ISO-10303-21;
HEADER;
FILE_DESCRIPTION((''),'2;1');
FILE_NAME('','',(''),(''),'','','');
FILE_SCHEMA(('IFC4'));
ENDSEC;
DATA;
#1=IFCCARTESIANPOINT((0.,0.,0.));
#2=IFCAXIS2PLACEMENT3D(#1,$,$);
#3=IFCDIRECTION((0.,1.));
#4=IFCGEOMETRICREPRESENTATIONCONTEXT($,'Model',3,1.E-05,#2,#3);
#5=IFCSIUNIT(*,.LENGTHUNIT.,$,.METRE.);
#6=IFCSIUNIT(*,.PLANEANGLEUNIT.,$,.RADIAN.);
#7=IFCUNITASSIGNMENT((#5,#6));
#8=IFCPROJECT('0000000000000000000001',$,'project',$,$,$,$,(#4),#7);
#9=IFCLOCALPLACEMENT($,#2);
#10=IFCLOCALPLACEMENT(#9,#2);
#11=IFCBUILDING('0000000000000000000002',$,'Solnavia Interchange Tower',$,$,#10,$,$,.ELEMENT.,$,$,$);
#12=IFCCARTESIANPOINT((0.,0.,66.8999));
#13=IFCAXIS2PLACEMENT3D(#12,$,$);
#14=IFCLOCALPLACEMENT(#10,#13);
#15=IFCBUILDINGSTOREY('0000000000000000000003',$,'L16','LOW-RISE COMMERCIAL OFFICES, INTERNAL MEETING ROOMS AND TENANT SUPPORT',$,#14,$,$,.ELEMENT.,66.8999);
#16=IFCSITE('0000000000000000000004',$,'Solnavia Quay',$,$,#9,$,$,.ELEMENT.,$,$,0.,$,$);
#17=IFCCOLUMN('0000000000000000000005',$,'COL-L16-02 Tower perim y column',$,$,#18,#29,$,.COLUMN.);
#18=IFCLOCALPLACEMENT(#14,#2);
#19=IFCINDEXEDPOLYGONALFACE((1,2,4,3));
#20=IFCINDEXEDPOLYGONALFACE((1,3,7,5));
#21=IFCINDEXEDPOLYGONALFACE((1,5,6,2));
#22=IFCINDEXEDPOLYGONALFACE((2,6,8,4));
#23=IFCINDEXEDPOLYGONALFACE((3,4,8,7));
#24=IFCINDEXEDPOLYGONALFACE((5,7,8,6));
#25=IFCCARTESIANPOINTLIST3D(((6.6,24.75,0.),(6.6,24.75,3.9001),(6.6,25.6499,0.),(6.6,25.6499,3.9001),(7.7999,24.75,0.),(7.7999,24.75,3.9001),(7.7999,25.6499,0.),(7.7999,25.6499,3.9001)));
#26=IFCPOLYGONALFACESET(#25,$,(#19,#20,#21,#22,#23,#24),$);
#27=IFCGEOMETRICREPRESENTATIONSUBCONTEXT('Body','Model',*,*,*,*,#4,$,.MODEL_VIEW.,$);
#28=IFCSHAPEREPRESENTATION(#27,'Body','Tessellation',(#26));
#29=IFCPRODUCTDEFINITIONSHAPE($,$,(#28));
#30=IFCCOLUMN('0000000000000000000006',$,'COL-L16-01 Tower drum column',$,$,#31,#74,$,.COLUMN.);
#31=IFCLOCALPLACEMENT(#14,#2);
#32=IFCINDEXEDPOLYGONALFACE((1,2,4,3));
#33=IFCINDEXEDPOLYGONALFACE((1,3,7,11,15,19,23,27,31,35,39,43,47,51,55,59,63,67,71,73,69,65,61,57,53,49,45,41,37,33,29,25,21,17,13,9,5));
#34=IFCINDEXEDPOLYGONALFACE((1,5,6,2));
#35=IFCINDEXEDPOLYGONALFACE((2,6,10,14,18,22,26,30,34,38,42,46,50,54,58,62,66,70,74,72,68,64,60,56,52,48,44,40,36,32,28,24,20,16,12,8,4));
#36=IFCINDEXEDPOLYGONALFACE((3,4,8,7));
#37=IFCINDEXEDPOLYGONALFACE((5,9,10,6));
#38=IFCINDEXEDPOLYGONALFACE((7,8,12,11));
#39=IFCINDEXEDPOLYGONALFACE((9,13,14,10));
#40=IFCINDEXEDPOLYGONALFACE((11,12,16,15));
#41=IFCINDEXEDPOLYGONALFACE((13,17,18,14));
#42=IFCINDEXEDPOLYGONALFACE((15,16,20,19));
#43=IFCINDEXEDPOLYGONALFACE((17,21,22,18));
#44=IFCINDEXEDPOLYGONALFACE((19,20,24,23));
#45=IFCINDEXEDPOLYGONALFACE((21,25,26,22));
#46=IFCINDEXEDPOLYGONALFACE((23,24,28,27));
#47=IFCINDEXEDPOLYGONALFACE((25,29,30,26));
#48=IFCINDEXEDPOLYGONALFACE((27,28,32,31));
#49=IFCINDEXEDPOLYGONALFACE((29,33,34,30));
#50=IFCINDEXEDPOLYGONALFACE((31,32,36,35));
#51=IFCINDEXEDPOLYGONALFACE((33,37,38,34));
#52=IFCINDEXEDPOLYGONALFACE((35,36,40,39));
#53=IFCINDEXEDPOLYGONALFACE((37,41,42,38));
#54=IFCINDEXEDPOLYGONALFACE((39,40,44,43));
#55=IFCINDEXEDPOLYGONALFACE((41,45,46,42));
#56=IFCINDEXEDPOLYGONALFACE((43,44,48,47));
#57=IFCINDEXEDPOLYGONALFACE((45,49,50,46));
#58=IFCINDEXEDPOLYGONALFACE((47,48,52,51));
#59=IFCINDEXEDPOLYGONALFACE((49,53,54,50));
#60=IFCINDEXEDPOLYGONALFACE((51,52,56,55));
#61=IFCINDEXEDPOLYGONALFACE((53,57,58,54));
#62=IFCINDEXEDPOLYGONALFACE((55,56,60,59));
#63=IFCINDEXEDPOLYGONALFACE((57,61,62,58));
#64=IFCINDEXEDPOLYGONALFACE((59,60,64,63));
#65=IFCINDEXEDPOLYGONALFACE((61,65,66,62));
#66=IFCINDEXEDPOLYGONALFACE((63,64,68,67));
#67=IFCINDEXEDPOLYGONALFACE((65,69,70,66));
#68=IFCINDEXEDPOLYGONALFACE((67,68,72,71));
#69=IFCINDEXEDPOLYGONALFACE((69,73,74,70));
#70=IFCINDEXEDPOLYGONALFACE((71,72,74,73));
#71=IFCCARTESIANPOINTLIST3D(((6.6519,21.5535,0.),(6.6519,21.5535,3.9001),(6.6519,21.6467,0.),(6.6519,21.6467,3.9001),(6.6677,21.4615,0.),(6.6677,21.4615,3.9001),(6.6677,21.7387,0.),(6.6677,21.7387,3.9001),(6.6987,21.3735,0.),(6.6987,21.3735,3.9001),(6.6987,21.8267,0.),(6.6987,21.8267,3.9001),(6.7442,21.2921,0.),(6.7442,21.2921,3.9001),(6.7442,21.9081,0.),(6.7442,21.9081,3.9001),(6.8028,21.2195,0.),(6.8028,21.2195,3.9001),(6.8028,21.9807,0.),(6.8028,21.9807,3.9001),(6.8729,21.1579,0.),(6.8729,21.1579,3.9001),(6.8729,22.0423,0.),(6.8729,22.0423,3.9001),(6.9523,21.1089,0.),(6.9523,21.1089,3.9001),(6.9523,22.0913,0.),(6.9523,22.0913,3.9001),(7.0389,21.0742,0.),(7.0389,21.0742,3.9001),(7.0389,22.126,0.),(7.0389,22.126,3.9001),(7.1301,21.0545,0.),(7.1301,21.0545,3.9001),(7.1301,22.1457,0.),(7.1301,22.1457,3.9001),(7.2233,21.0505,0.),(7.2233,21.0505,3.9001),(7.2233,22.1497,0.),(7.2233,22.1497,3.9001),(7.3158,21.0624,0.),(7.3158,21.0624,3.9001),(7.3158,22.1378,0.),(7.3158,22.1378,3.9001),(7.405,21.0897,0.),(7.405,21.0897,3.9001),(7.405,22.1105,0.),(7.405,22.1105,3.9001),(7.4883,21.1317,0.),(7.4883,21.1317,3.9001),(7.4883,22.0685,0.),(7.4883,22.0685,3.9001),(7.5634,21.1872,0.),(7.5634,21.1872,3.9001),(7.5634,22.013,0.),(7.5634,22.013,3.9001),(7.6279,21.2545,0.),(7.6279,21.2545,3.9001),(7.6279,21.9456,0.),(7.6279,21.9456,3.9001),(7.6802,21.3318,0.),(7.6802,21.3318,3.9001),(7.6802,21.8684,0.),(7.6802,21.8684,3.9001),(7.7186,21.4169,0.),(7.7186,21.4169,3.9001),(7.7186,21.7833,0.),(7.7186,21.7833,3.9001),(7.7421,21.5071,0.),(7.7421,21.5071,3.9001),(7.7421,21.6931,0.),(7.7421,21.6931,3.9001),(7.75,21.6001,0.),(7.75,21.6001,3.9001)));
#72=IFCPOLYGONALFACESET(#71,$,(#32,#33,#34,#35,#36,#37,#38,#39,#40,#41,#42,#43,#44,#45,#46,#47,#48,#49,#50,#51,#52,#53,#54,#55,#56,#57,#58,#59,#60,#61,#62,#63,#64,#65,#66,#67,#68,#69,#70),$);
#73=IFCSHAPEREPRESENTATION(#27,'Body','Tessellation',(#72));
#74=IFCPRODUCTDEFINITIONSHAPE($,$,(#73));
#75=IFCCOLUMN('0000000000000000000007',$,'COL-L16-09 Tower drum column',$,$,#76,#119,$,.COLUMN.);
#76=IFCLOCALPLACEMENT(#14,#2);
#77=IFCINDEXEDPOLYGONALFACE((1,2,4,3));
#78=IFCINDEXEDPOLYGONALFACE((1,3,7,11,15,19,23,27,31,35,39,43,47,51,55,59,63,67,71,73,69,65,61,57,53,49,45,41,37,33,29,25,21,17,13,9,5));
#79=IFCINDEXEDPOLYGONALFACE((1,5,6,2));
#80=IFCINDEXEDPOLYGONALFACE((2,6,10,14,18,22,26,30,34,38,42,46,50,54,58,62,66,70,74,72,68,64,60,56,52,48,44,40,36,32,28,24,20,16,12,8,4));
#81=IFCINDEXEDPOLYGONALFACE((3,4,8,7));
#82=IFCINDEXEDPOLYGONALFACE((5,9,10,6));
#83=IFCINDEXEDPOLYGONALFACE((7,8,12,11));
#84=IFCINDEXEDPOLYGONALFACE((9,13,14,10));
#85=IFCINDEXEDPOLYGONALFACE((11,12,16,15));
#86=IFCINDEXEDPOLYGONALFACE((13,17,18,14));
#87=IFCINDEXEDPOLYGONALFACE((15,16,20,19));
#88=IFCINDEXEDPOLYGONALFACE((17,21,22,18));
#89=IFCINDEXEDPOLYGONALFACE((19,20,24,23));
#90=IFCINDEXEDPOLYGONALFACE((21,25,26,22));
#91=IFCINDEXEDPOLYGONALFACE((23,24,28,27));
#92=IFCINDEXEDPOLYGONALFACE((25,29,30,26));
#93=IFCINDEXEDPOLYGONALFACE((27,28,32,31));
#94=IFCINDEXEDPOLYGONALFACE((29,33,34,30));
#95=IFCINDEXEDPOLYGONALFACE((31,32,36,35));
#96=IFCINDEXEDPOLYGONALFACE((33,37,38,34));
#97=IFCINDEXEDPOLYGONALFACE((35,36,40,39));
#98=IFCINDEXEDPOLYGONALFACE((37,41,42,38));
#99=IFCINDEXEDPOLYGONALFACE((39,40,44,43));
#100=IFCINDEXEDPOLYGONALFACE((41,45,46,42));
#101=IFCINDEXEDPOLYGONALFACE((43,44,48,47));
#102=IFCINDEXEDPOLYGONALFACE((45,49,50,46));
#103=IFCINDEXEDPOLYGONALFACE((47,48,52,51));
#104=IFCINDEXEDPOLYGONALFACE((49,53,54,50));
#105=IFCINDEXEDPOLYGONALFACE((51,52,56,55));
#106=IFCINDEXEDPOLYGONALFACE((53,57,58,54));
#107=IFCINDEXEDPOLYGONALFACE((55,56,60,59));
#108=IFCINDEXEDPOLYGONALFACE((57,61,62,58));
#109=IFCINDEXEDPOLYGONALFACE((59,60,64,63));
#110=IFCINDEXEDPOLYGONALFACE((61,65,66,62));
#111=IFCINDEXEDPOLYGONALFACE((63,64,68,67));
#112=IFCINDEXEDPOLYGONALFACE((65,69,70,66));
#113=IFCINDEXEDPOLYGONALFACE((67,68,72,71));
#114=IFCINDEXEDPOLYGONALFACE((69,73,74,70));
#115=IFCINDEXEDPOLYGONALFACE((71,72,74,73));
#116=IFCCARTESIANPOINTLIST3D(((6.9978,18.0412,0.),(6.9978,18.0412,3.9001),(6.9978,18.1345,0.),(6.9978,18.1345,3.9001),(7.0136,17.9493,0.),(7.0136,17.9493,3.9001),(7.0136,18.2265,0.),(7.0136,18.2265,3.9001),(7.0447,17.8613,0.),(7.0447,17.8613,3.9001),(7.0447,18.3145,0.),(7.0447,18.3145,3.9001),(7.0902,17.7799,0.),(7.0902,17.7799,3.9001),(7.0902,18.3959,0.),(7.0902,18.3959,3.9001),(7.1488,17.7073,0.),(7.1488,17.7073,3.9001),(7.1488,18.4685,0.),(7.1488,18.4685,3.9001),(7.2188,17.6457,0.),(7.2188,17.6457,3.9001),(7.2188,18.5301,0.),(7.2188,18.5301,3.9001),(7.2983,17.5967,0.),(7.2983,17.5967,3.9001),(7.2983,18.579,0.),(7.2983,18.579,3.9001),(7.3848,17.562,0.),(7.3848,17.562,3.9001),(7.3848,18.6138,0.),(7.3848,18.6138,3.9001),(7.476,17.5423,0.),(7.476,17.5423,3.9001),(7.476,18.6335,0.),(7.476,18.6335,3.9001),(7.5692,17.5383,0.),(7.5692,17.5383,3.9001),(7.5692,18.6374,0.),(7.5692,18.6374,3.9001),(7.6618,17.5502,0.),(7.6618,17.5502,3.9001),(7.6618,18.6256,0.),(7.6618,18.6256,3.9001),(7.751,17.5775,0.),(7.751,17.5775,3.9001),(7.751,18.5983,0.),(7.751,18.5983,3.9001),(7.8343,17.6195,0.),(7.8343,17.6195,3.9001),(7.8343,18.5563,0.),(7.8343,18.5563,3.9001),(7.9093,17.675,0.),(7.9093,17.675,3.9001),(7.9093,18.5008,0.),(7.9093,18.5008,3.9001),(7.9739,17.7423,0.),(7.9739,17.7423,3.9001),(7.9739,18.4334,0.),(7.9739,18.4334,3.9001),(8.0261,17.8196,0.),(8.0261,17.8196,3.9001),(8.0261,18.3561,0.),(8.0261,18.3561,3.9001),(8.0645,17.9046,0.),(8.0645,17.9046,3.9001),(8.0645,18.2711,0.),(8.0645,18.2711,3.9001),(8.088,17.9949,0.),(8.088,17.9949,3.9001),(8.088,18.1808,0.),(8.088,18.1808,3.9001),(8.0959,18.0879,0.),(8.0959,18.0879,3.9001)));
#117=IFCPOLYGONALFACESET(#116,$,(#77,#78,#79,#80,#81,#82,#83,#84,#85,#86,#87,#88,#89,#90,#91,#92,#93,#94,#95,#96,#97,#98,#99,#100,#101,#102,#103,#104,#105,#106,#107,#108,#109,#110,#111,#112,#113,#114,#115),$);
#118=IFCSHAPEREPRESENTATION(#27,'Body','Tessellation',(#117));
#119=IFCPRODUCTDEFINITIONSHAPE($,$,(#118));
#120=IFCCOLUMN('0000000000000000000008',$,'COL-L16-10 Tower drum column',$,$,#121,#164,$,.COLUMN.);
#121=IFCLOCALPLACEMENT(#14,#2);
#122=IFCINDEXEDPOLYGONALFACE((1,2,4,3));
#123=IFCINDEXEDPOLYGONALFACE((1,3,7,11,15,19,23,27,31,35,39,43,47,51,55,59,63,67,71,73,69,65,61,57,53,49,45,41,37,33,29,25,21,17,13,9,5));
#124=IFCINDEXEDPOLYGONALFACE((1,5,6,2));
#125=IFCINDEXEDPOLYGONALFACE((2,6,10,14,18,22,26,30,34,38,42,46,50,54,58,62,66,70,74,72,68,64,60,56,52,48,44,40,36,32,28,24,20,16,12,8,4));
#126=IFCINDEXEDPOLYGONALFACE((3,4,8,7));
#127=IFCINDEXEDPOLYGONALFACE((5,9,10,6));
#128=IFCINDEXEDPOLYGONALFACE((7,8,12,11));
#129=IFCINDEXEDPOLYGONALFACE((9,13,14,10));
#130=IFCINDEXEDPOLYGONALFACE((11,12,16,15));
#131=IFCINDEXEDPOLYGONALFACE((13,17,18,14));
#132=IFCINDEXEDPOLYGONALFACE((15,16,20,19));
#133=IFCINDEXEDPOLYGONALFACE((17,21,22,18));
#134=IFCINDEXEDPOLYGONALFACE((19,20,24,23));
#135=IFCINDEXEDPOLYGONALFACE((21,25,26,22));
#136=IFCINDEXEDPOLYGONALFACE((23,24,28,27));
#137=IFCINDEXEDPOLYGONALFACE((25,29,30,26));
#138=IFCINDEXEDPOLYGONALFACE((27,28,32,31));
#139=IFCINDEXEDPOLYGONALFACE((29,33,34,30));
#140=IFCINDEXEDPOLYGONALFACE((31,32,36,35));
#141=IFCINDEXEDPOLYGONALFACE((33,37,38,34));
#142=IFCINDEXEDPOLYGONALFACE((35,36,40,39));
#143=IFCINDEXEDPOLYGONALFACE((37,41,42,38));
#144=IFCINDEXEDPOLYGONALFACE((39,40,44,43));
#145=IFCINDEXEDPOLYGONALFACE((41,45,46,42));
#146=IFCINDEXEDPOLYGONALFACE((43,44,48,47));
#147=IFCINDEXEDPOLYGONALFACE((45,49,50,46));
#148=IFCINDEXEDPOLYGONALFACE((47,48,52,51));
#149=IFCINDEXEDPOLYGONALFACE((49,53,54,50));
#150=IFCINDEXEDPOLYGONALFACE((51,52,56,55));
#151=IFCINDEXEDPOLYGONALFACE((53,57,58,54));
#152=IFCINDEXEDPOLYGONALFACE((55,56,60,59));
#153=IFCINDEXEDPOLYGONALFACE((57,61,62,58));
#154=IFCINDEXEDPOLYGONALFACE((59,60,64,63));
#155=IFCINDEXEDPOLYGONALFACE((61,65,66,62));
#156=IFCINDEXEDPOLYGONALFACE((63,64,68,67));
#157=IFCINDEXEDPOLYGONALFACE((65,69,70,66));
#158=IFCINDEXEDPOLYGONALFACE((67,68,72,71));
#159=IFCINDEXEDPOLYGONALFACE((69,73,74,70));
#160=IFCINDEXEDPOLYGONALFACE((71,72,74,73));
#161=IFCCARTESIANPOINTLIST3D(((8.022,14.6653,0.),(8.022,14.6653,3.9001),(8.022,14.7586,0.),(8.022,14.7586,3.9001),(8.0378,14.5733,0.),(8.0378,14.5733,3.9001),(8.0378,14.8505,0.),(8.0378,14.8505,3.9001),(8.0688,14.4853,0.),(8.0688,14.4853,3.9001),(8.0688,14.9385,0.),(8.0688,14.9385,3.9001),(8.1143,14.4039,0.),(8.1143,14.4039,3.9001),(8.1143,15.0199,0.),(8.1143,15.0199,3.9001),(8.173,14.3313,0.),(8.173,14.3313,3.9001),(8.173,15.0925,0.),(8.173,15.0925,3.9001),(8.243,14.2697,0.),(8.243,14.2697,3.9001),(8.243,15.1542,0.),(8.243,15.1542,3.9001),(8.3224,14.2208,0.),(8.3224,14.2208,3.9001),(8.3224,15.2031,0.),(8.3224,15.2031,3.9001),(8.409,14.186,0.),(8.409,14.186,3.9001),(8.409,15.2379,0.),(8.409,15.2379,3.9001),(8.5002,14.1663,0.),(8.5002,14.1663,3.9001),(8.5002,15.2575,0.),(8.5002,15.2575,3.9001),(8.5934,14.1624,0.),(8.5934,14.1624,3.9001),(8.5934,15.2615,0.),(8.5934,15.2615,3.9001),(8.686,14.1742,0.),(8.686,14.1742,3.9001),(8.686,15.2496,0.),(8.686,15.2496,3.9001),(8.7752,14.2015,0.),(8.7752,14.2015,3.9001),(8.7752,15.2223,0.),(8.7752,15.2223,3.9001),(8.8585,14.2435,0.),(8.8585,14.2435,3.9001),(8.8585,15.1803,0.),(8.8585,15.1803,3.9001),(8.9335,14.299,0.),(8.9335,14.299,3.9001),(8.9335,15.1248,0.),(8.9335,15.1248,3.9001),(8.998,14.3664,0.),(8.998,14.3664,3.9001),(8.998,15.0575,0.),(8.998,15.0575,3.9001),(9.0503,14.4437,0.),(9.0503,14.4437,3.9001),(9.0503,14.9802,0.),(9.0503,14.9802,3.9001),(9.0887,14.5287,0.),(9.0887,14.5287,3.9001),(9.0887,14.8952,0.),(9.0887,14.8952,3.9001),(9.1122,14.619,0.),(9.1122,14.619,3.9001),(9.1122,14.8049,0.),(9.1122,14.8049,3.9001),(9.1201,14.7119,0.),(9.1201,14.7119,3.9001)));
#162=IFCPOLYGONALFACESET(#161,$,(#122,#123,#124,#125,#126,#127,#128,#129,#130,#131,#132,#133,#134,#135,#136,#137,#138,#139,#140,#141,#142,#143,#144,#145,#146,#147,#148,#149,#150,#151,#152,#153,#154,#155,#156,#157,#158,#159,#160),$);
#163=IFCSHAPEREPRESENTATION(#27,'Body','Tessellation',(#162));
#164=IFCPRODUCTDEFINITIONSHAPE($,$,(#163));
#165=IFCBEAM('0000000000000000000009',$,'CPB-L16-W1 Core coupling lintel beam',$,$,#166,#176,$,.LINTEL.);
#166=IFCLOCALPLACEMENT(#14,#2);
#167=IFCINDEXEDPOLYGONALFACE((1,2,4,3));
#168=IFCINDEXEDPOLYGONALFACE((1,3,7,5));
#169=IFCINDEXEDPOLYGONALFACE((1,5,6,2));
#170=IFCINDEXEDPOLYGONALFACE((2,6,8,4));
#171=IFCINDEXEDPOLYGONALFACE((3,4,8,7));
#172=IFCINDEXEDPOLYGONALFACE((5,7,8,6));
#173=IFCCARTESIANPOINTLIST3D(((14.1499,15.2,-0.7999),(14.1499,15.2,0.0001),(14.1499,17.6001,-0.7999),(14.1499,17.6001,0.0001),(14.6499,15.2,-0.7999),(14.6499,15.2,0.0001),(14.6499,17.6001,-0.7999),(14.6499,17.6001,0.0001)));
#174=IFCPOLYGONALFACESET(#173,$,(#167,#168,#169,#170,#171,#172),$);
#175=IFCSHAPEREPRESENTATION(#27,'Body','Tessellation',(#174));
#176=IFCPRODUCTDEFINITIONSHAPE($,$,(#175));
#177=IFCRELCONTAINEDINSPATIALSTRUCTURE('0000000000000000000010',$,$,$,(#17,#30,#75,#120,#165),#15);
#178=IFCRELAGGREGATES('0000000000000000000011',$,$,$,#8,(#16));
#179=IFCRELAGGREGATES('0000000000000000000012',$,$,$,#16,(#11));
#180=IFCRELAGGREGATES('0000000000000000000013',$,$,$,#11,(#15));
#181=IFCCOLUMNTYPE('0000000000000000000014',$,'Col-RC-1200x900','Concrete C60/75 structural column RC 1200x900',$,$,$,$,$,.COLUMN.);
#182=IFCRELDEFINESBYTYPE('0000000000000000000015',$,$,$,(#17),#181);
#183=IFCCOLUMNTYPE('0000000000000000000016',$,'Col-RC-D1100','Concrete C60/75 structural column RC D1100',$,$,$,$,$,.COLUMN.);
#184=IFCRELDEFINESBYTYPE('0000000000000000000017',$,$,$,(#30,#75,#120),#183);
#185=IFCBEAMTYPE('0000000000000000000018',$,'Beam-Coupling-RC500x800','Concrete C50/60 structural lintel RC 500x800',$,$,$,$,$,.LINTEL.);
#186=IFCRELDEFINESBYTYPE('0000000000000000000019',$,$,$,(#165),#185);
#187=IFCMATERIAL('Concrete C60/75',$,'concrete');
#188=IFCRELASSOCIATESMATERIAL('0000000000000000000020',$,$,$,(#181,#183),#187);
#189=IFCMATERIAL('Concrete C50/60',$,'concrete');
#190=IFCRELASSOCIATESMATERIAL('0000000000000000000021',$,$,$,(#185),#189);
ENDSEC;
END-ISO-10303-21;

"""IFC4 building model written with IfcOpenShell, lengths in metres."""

from ifc_helpers import new_model, si_unit, direction, frame, origin, origin_2d, place, context, subcontext, project, spatial, rectangle, circle, extrude, material, material_profile, profile_set, type_object, element, save


model = new_model("IFC4")

# Units and contexts
model_context = context("Model", 3, precision=1e-05, world=origin(), true_north=direction((0.0, 1.0)))
body_context = subcontext(model_context, "Body", "Model", "MODEL_VIEW")
ifc_project = project(units=[si_unit("LENGTHUNIT", "METRE"), si_unit("PLANEANGLEUNIT", "RADIAN")], contexts=[model_context])

# Site, building, storey
site_placement = place(None, origin())
site = spatial("IfcSite", under=ifc_project, at=site_placement, Name="Solnavia Quay", CompositionType="ELEMENT", RefElevation=0.0)
building_placement = place(site_placement, origin())
building = spatial("IfcBuilding", under=site, at=building_placement, Name="Solnavia Interchange Tower", CompositionType="ELEMENT")
storey_placement = place(building_placement, frame((0.0, 0.0, 66.8999)))
storey = spatial("IfcBuildingStorey", under=building, at=storey_placement, Name="L16", Description="LOW-RISE COMMERCIAL OFFICES, INTERNAL MEETING ROOMS AND TENANT SUPPORT", CompositionType="ELEMENT", Elevation=66.8999)

# Columns
ifc_material_1 = material(Name="Concrete C60/75", Category="concrete")
ifc_material_profile_1 = material_profile(ifc_material_1, rectangle(XDim=0.8999, YDim=1.2, at=origin_2d()), Name="RC 1200x900")
ifc_profile_set_1 = profile_set([ifc_material_profile_1], Name="Concrete C60/75")
column_type_1 = type_object("IfcColumnType", Name="Col-RC-1200x900", Description="Concrete C60/75 structural column RC 1200x900", PredefinedType="COLUMN", material=ifc_profile_set_1)
column_placement = place(storey_placement, frame((7.2, 25.2, 0.0), z_axis=(0.0, 0.0, 1.0), x_axis=(0.0, 1.0, 0.0)))
element("IfcColumn", 1, at=column_placement, inside=storey, type_object=column_type_1, Name="COL-L16-02 Tower perim y column", PredefinedType="COLUMN", context=body_context, shape_type="SweptSolid", body=[
    extrude(rectangle(XDim=0.8999, YDim=1.2, at=origin_2d()), origin(), (0.0, 0.0, 1.0), 3.9001),
])
ifc_material_profile_2 = material_profile(ifc_material_1, circle(Radius=0.55, at=origin_2d()), Name="RC D1100")
ifc_profile_set_2 = profile_set([ifc_material_profile_2], Name="Concrete C60/75")
column_type_2 = type_object("IfcColumnType", Name="Col-RC-D1100", Description="Concrete C60/75 structural column RC D1100", PredefinedType="COLUMN", material=ifc_profile_set_2)
for number, where, z_axis, x_axis, name in (
    (2, (7.2, 21.6001, 0.0), (0.0, 0.0, 1.0), (1.0, 0.0, 0.0), "COL-L16-01 Tower drum column"),
    (3, (7.5459, 18.0879, 0.0), (0.0, 0.0, 1.0), (1.0, 0.0, 0.0), "COL-L16-09 Tower drum column"),
    (4, (8.5701, 14.7119, 0.0), (0.0, 0.0, 1.0), (1.0, 0.0, 0.0), "COL-L16-10 Tower drum column"),
):
    element("IfcColumn", number, at=place(storey_placement, frame(where, z_axis=z_axis, x_axis=x_axis)), inside=storey, type_object=column_type_2, Name=name, PredefinedType="COLUMN", context=body_context, shape_type="SweptSolid", body=[
        extrude(circle(Radius=0.55, at=origin_2d()), origin(), (0.0, 0.0, 1.0), 3.9001),
    ])

# Beam
ifc_material_2 = material(Name="Concrete C50/60", Category="concrete")
ifc_material_profile_3 = material_profile(ifc_material_2, rectangle(XDim=0.5, YDim=0.8, at=origin_2d()), Name="RC 500x800")
ifc_profile_set_3 = profile_set([ifc_material_profile_3], Name="Concrete C50/60")
beam_type_1 = type_object("IfcBeamType", Name="Beam-Coupling-RC500x800", Description="Concrete C50/60 structural lintel RC 500x800", PredefinedType="LINTEL", material=ifc_profile_set_3)
beam_1_placement = place(storey_placement, frame((14.3999, 15.2, -0.3999), z_axis=(0.0, 1.0, 0.0), x_axis=(-1.0, 0.0, 0.0)))
element("IfcBeam", 5, at=beam_1_placement, inside=storey, type_object=beam_type_1, Name="CPB-L16-W1 Core coupling lintel beam", PredefinedType="LINTEL", context=body_context, shape_type="SweptSolid", body=[
    extrude(rectangle(XDim=0.5, YDim=0.8, at=origin_2d()), origin(), (0.0, 0.0, 1.0), 2.4001),
])

save(model, "model.ifc")
